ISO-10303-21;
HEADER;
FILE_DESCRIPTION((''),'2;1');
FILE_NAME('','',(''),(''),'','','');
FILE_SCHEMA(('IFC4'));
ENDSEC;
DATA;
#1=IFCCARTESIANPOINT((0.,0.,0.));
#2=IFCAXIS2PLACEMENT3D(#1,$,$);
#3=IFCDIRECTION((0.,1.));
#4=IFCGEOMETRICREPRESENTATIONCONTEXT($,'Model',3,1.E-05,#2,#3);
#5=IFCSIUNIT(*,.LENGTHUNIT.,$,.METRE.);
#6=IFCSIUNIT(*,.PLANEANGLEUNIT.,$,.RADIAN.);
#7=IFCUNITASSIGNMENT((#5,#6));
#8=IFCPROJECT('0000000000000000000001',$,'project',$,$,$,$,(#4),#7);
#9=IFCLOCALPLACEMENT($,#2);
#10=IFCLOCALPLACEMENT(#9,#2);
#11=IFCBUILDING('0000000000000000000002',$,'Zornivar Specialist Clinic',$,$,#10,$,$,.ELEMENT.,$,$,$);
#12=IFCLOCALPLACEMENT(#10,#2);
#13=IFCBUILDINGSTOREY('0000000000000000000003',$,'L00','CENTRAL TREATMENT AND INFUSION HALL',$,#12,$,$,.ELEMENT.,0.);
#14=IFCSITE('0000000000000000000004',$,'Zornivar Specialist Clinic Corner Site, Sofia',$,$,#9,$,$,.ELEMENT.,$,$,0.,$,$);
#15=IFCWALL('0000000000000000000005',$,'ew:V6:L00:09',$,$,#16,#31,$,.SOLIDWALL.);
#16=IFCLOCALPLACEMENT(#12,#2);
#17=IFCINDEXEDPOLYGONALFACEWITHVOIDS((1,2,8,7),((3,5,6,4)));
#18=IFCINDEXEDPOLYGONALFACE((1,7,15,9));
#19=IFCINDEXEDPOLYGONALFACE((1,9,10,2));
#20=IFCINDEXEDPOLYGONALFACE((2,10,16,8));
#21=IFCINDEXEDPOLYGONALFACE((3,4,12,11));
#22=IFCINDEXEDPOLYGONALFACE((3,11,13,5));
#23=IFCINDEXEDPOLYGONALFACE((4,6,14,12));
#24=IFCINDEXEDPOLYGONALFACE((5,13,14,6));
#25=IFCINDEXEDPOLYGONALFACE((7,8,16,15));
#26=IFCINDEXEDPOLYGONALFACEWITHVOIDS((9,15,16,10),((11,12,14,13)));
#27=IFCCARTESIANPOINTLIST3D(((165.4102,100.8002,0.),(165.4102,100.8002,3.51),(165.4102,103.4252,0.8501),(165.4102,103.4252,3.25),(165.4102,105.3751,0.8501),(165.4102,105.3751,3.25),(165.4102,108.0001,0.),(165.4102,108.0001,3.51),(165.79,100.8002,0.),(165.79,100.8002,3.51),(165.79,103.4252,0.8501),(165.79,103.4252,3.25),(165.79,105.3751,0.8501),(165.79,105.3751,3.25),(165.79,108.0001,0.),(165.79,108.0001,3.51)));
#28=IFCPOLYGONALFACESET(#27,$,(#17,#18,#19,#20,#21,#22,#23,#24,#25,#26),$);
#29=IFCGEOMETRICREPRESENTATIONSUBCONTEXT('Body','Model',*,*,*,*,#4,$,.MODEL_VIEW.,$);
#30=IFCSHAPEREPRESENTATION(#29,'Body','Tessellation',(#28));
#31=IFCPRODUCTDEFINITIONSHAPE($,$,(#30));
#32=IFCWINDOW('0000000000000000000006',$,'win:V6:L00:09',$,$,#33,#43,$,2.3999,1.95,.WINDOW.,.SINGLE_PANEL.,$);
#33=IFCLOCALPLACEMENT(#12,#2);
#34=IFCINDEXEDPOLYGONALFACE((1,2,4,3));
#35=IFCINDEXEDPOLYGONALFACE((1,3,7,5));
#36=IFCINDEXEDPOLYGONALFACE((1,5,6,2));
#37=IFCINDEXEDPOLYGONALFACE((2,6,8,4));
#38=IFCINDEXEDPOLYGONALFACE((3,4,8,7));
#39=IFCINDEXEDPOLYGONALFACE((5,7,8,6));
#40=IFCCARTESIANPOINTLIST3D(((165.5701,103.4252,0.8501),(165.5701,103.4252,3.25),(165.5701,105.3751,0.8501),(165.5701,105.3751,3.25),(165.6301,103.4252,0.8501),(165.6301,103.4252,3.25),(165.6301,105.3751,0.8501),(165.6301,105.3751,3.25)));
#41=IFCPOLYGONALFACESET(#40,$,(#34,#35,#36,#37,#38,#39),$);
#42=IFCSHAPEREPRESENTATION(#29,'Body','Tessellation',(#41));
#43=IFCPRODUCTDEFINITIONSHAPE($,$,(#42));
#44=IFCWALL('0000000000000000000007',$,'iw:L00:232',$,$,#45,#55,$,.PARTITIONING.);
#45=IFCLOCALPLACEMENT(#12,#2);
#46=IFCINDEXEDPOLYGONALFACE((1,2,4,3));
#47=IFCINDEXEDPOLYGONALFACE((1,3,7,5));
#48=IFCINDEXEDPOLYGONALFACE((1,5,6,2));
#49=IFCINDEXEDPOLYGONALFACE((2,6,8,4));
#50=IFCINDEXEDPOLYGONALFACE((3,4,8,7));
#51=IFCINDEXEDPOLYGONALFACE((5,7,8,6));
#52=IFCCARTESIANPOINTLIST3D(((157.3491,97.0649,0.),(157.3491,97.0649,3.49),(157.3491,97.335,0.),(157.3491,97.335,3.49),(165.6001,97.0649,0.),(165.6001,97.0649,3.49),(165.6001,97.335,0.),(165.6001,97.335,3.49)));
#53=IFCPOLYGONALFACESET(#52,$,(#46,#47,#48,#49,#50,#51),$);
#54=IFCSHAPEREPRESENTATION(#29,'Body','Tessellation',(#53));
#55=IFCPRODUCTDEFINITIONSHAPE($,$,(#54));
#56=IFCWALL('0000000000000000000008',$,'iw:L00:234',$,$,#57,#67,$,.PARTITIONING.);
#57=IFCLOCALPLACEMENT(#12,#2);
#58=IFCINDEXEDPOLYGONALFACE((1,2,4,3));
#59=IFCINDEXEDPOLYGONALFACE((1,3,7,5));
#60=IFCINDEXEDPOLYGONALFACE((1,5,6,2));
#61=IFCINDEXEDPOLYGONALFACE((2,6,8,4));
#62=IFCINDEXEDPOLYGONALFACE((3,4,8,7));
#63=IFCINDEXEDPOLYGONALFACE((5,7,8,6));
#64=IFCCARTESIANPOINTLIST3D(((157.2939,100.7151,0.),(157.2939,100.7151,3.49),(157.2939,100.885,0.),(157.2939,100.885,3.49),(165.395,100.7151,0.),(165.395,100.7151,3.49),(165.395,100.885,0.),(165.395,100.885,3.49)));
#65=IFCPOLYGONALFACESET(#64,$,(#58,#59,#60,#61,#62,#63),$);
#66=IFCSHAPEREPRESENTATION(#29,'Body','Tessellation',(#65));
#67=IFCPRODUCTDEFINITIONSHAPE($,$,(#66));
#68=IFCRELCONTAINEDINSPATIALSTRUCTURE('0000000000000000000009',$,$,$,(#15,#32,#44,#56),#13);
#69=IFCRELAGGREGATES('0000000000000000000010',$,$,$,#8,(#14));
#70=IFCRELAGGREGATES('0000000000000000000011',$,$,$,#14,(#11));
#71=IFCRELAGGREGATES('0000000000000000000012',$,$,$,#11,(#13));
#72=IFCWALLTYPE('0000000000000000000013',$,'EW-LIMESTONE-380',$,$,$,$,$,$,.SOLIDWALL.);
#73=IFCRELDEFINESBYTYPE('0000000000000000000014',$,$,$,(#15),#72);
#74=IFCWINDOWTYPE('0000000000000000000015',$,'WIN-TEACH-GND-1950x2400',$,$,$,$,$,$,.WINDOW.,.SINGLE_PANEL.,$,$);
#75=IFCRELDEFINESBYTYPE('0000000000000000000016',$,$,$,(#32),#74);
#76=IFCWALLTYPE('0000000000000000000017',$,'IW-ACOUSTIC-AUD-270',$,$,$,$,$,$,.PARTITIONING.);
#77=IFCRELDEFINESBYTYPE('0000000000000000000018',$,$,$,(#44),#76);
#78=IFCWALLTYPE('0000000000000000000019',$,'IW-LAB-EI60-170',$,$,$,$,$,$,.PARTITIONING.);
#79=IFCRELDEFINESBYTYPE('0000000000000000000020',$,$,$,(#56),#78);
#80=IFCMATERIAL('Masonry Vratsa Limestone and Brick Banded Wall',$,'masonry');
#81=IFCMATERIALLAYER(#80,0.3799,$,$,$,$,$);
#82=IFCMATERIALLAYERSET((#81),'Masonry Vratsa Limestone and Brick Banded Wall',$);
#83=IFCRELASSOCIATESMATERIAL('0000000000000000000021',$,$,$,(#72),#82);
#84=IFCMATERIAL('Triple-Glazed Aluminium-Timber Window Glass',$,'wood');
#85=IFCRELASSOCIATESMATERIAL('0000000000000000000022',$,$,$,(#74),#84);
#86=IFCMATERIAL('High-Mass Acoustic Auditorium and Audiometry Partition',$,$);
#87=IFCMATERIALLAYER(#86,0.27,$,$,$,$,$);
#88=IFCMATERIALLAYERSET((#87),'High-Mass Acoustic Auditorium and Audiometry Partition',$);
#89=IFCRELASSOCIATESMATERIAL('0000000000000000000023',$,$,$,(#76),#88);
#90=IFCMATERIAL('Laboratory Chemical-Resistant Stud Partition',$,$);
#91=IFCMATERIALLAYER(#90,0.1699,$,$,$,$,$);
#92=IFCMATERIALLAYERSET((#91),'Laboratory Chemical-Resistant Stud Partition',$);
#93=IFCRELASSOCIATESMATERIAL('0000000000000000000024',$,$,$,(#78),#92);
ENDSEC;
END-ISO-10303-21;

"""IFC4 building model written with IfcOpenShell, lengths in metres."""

from ifc_helpers import new_model, si_unit, direction, frame, frame_2d, origin, place, context, subcontext, project, spatial, rectangle, extrude, material, layer, layer_set, type_object, element, fill, save


model = new_model("IFC4")

# Units and contexts
model_context = context("Model", 3, precision=1e-05, world=origin(), true_north=direction((0.0, 1.0)))
body_context = subcontext(model_context, "Body", "Model", "MODEL_VIEW")
ifc_project = project(units=[si_unit("LENGTHUNIT", "METRE"), si_unit("PLANEANGLEUNIT", "RADIAN")], contexts=[model_context])

# Site, building, storey
site_placement = place(None, origin())
site = spatial("IfcSite", under=ifc_project, at=site_placement, Name="Zornivar Specialist Clinic Corner Site, Sofia", CompositionType="ELEMENT", RefElevation=0.0)
building_placement = place(site_placement, origin())
building = spatial("IfcBuilding", under=site, at=building_placement, Name="Zornivar Specialist Clinic", CompositionType="ELEMENT")
storey_placement = place(building_placement, origin())
storey = spatial("IfcBuildingStorey", under=building, at=storey_placement, Name="L00", Description="CENTRAL TREATMENT AND INFUSION HALL", CompositionType="ELEMENT", Elevation=0.0)

# Wall, opening, window
ifc_material_1 = material(Name="Masonry Vratsa Limestone and Brick Banded Wall", Category="masonry")
ifc_layer_1 = layer(ifc_material_1, 0.3799)
ifc_layer_set_1 = layer_set([ifc_layer_1], Name="Masonry Vratsa Limestone and Brick Banded Wall")
wall_type_1 = type_object("IfcWallType", Name="EW-LIMESTONE-380", PredefinedType="SOLIDWALL", material=ifc_layer_set_1)
wall_1_placement = place(storey_placement, frame((165.6001, 100.8, 0.0), z_axis=(0.0, 0.0, 1.0), x_axis=(0.0, 1.0, 0.0)))
wall_1 = element("IfcWall", 1, at=wall_1_placement, inside=storey, type_object=wall_type_1, Name="ew:V6:L00:09", PredefinedType="SOLIDWALL", context=body_context, shape_type="SweptSolid", body=[
    extrude(rectangle(XDim=7.2, YDim=0.3799, at=frame_2d((3.6001, 0.0))), origin(), (0.0, 0.0, 1.0), 3.51),
])
opening_placement = place(wall_1_placement, frame((2.625, 0.0, 0.8501)))
opening = element("IfcOpeningElement", 2, at=opening_placement, cuts=wall_1, PredefinedType="OPENING", context=body_context, shape_type="SweptSolid", body=[
    extrude(rectangle(XDim=1.95, YDim=2.3999, at=frame_2d((0.9751, 1.2))), frame((0.0, 0.2, 0.0), z_axis=(0.0, -1.0, 0.0), x_axis=(1.0, 0.0, 0.0)), (0.0, 0.0, 1.0), 0.3999),
])
ifc_material_2 = material(Name="Triple-Glazed Aluminium-Timber Window Glass", Category="wood")
window_type = type_object("IfcWindowType", Name="WIN-TEACH-GND-1950x2400", PartitioningType="SINGLE_PANEL", PredefinedType="WINDOW", material=ifc_material_2)
window_placement = place(opening_placement, origin())
window = element("IfcWindow", 3, at=window_placement, inside=storey, type_object=window_type, Name="win:V6:L00:09", OverallHeight=2.3999, OverallWidth=1.95, PartitioningType="SINGLE_PANEL", PredefinedType="WINDOW", context=body_context, shape_type="SweptSolid", body=[
    extrude(rectangle(XDim=1.95, YDim=2.3999, at=frame_2d((0.9751, 1.2))), frame((0.0, 0.03, 0.0), z_axis=(0.0, -1.0, 0.0), x_axis=(1.0, 0.0, 0.0)), (0.0, 0.0, 1.0), 0.0601),
])
fill(opening, window)

# Walls
ifc_material_3 = material(Name="High-Mass Acoustic Auditorium and Audiometry Partition")
ifc_layer_2 = layer(ifc_material_3, 0.27)
ifc_layer_set_2 = layer_set([ifc_layer_2], Name="High-Mass Acoustic Auditorium and Audiometry Partition")
wall_type_2 = type_object("IfcWallType", Name="IW-ACOUSTIC-AUD-270", PredefinedType="PARTITIONING", material=ifc_layer_set_2)
wall_2_placement = place(storey_placement, frame((157.3491, 97.2, 0.0), z_axis=(0.0, 0.0, 1.0), x_axis=(1.0, 0.0, 0.0)))
element("IfcWall", 4, at=wall_2_placement, inside=storey, type_object=wall_type_2, Name="iw:L00:232", PredefinedType="PARTITIONING", context=body_context, shape_type="SweptSolid", body=[
    extrude(rectangle(XDim=8.251, YDim=0.27, at=frame_2d((4.1255, 0.0))), origin(), (0.0, 0.0, 1.0), 3.49),
])
ifc_material_4 = material(Name="Laboratory Chemical-Resistant Stud Partition")
ifc_layer_3 = layer(ifc_material_4, 0.1699)
ifc_layer_set_3 = layer_set([ifc_layer_3], Name="Laboratory Chemical-Resistant Stud Partition")
wall_type_3 = type_object("IfcWallType", Name="IW-LAB-EI60-170", PredefinedType="PARTITIONING", material=ifc_layer_set_3)
wall_3_placement = place(storey_placement, frame((157.2939, 100.8, 0.0), z_axis=(0.0, 0.0, 1.0), x_axis=(1.0, 0.0, 0.0)))
element("IfcWall", 5, at=wall_3_placement, inside=storey, type_object=wall_type_3, Name="iw:L00:234", PredefinedType="PARTITIONING", context=body_context, shape_type="SweptSolid", body=[
    extrude(rectangle(XDim=8.1011, YDim=0.1699, at=frame_2d((4.0505, 0.0))), origin(), (0.0, 0.0, 1.0), 3.49),
])

save(model, "model.ifc")
